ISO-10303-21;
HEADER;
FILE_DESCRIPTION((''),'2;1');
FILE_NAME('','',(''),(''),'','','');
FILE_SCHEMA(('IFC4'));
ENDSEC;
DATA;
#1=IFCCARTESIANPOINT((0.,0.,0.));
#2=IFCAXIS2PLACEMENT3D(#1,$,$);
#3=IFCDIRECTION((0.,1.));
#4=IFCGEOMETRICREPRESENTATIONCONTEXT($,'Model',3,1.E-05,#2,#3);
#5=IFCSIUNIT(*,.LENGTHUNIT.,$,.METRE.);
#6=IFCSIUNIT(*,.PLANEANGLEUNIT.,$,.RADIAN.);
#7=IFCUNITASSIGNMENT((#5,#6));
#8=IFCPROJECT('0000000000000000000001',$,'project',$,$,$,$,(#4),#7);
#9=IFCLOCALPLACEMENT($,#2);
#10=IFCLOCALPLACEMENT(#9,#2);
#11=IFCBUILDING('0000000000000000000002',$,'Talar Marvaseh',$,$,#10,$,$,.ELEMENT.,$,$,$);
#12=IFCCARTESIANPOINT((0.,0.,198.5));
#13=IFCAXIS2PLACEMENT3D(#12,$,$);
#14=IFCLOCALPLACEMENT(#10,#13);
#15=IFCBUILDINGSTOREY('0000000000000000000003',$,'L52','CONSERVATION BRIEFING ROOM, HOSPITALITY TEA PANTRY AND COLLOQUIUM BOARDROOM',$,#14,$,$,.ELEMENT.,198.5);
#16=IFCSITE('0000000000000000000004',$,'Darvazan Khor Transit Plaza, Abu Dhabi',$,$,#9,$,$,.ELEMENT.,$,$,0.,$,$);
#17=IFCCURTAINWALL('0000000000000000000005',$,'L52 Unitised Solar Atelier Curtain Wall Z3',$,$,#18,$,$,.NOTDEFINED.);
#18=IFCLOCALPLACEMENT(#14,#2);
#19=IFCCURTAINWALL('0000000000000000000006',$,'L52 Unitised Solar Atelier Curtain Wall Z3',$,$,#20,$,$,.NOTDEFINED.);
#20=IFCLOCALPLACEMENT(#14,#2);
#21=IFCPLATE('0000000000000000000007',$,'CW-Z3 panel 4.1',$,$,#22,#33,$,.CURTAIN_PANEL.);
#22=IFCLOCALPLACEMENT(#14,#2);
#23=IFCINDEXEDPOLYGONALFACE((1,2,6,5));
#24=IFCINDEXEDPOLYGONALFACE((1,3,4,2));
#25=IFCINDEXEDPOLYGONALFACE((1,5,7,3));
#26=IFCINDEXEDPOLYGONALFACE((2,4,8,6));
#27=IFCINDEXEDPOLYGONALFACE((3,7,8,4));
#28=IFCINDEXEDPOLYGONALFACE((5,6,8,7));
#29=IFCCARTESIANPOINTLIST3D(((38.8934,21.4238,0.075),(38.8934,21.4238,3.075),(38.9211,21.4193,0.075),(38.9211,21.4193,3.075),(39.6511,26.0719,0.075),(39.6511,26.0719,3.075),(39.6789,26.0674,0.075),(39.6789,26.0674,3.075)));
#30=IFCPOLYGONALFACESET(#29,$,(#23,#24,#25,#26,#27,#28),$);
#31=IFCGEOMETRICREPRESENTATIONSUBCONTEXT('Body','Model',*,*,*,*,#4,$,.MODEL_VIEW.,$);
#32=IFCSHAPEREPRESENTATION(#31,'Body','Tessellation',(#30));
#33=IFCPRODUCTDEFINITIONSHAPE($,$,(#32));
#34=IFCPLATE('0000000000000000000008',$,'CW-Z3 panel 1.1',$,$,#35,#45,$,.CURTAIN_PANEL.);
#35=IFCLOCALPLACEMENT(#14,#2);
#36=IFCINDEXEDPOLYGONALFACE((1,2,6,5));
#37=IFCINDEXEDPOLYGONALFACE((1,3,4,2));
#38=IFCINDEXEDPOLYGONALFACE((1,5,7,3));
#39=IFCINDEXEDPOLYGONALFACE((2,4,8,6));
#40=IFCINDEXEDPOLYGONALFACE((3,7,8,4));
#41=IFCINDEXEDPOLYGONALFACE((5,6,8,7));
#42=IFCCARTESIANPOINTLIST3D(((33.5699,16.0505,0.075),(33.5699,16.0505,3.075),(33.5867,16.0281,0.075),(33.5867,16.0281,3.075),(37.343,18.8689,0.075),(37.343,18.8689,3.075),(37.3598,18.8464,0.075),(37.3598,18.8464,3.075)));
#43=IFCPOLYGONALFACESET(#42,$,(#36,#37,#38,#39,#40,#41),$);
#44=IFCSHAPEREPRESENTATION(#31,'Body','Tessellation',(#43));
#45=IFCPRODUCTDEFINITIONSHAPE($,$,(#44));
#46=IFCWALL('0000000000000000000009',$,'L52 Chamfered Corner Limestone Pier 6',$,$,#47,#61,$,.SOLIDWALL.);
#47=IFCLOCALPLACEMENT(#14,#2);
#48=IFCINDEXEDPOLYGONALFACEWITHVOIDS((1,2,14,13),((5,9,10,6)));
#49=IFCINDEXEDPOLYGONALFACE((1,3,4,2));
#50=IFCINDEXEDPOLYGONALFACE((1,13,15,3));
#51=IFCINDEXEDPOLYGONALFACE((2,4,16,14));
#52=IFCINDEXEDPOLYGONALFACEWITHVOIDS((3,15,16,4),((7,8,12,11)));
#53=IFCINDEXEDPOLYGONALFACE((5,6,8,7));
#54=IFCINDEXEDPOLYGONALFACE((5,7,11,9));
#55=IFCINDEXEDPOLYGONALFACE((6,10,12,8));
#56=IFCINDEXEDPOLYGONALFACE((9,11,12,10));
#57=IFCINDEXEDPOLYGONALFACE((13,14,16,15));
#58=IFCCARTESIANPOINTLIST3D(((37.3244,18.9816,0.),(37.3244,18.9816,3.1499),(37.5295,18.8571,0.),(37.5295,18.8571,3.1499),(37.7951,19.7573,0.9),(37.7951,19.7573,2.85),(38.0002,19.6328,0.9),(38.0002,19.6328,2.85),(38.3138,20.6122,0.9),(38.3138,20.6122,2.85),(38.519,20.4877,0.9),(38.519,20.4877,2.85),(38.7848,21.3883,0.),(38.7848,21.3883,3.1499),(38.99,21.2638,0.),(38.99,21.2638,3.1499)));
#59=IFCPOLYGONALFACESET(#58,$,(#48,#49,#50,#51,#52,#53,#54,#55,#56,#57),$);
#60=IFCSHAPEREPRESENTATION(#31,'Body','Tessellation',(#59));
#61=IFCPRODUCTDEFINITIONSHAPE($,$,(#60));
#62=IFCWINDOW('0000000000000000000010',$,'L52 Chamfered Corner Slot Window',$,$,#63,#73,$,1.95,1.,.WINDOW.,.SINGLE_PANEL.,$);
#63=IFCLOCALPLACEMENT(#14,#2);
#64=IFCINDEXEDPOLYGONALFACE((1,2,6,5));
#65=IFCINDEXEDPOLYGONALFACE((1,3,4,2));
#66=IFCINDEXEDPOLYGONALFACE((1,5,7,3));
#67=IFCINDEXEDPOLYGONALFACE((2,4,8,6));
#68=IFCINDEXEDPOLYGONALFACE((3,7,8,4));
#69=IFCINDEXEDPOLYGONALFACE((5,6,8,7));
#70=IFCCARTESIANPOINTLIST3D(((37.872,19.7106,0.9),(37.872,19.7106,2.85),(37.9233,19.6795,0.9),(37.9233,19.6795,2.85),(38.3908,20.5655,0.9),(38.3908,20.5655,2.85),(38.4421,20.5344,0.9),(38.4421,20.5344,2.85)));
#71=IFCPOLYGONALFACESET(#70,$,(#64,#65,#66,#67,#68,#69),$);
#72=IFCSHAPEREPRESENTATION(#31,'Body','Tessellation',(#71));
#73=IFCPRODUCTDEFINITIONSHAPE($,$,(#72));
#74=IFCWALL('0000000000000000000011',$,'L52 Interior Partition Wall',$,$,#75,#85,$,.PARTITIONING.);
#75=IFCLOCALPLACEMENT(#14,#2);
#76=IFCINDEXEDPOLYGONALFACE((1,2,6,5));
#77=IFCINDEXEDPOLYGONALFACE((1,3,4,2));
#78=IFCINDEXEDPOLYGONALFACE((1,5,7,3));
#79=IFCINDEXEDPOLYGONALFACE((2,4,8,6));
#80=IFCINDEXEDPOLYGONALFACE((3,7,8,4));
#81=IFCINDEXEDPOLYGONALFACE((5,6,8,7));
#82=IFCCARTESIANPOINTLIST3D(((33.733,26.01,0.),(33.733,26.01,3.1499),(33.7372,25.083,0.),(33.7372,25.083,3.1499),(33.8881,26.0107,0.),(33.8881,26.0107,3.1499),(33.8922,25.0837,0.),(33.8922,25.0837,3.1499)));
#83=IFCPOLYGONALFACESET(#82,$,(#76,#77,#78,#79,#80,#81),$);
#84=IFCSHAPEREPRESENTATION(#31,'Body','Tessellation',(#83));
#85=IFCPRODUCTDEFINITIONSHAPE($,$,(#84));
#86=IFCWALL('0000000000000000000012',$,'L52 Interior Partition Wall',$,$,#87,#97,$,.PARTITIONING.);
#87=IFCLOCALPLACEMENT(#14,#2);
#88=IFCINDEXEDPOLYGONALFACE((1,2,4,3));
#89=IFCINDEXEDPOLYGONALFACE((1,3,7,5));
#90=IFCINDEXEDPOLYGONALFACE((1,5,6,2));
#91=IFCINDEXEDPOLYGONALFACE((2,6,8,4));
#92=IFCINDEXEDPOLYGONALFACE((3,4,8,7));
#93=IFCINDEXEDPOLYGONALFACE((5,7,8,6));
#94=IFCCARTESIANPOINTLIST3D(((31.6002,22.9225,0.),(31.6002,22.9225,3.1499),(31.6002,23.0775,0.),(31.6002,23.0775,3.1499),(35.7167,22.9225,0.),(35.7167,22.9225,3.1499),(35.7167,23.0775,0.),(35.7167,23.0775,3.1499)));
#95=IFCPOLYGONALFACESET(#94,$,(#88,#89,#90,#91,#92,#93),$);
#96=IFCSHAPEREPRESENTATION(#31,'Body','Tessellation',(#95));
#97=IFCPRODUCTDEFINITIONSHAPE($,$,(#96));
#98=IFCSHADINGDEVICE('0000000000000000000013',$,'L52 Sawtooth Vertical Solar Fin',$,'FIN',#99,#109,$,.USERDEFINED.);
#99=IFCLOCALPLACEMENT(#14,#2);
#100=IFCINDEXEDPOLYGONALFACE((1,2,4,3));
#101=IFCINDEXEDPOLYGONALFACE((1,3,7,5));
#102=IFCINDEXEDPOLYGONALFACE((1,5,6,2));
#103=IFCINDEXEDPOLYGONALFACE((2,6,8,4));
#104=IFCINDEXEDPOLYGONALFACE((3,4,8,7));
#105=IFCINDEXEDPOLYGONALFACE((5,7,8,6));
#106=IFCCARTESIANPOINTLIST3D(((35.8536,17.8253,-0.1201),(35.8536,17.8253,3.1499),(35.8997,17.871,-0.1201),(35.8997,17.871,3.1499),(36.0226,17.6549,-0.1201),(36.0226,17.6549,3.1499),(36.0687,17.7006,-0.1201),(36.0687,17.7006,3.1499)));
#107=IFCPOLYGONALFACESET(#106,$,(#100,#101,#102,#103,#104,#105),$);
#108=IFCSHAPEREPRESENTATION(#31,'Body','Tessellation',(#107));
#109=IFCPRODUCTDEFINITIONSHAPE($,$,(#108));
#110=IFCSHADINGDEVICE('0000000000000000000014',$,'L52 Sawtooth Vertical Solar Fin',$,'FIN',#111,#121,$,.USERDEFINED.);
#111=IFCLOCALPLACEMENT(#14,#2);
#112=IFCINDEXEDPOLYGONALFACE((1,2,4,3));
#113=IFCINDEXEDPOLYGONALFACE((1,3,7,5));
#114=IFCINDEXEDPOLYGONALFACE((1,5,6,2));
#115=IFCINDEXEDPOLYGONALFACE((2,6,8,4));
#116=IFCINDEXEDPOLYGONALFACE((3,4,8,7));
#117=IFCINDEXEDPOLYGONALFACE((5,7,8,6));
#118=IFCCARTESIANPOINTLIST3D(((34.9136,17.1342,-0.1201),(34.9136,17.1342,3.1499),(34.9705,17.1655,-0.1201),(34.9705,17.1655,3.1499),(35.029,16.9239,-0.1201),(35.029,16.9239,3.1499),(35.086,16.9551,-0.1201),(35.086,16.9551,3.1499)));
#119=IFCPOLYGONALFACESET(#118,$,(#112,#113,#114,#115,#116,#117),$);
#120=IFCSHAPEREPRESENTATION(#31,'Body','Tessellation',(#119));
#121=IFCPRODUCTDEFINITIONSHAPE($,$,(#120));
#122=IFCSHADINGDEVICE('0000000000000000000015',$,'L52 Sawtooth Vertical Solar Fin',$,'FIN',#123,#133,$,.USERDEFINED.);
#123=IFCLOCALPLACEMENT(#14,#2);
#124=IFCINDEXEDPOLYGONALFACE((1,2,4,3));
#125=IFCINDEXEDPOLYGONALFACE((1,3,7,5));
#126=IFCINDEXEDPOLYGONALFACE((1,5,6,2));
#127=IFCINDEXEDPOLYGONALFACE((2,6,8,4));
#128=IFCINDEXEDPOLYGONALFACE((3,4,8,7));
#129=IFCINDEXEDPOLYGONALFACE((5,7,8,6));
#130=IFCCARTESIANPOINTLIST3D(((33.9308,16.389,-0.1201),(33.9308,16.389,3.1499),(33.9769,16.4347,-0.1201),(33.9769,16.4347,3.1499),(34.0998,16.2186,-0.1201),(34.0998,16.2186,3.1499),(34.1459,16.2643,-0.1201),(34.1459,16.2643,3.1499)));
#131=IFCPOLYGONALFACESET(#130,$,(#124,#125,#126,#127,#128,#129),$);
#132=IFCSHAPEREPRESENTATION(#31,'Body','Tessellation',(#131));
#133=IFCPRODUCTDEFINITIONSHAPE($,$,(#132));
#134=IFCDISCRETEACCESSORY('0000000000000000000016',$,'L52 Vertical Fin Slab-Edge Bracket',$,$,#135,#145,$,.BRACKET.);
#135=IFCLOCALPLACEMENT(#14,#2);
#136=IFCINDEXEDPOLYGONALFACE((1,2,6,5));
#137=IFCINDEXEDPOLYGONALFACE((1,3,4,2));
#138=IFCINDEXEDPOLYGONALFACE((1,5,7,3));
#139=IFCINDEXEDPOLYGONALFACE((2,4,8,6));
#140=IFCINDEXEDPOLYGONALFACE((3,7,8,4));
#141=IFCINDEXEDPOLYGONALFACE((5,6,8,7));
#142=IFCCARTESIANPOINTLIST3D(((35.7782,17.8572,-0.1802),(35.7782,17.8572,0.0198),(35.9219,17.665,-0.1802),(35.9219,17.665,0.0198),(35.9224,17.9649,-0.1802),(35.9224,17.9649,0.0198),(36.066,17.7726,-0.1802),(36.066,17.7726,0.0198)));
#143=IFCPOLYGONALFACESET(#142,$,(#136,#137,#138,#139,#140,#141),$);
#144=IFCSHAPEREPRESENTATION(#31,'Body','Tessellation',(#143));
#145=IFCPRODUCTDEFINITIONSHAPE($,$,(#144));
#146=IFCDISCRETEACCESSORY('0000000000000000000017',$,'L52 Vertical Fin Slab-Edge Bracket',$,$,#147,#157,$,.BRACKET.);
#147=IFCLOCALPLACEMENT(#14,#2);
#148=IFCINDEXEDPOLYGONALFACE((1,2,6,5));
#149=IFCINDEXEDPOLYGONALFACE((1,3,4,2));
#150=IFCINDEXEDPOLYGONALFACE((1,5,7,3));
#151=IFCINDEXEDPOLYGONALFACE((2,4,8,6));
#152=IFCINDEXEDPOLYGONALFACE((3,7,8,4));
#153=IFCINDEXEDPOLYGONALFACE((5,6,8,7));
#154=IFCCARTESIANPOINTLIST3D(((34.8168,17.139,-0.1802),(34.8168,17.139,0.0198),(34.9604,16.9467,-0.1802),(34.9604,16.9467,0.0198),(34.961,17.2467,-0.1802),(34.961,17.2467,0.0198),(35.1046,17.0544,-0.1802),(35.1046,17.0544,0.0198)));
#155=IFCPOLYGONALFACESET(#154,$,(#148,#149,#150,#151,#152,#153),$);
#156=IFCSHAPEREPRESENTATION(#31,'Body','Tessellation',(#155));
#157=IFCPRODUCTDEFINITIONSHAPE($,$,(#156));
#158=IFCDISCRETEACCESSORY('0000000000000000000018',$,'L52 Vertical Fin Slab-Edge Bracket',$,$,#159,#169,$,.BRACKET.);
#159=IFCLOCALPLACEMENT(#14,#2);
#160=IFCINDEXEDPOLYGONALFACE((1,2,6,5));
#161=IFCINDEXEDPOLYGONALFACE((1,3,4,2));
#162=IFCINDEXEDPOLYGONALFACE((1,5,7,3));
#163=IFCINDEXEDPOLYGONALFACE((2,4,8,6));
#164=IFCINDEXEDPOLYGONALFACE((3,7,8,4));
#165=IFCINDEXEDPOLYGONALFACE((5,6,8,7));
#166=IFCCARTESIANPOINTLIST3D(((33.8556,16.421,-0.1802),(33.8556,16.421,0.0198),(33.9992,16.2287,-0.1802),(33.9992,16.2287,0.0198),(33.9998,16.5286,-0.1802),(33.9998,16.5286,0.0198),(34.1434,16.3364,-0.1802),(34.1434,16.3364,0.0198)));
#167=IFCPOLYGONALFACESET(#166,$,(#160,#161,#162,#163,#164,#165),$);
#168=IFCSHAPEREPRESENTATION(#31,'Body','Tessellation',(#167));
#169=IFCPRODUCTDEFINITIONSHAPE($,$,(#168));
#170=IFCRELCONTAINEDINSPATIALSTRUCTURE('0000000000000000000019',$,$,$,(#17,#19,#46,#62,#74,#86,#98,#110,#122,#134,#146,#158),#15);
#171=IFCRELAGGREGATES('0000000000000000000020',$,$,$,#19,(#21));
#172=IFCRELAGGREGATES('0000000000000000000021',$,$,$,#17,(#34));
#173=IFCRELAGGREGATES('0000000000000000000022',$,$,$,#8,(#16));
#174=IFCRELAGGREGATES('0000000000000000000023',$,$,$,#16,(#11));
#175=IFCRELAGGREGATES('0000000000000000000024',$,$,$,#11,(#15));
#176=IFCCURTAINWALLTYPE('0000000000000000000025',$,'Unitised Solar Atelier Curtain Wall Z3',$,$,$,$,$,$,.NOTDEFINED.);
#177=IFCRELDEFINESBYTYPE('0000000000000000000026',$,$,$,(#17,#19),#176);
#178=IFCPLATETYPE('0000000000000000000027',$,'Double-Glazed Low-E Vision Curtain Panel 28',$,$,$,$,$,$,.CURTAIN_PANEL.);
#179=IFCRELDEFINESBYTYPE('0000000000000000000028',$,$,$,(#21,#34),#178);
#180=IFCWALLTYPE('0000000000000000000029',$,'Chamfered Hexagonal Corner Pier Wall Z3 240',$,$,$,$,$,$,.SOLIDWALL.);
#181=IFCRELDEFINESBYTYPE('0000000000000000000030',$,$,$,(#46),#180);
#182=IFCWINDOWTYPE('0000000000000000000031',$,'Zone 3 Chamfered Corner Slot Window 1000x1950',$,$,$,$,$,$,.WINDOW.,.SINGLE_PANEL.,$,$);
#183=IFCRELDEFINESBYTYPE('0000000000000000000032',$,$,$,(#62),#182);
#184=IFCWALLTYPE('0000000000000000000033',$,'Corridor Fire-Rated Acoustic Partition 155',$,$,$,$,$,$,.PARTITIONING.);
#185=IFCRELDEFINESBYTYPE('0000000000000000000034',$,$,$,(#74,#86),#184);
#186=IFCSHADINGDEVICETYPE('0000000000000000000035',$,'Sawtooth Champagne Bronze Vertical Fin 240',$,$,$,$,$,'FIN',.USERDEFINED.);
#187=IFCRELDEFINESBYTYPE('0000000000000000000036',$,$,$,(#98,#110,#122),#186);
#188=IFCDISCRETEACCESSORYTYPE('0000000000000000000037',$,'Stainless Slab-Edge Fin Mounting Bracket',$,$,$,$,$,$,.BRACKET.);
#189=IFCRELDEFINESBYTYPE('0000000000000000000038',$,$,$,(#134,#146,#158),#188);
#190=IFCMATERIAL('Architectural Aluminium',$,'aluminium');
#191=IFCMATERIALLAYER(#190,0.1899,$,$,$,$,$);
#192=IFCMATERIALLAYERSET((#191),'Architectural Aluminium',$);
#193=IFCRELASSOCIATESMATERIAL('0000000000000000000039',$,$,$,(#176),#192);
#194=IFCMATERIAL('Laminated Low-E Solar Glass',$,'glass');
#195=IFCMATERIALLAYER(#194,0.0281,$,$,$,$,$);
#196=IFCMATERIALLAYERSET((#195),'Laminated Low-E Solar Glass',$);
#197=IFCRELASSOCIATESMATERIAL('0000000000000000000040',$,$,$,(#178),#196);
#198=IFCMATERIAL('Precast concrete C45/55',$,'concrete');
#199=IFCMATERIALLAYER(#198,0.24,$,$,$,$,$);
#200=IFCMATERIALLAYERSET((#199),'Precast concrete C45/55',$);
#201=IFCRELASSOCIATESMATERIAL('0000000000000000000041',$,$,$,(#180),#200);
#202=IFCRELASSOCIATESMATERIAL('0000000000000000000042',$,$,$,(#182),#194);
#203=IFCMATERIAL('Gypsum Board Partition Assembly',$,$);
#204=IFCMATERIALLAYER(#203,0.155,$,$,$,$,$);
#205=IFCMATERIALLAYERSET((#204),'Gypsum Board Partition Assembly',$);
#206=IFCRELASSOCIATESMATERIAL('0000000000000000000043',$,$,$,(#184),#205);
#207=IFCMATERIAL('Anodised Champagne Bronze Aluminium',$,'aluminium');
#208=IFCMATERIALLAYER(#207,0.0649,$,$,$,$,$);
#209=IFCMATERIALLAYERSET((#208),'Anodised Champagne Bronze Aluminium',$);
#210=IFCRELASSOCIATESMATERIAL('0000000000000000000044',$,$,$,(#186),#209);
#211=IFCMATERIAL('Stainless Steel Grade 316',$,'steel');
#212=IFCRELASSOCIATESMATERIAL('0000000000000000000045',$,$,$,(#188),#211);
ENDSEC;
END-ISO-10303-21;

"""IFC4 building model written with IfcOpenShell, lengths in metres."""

from ifc_helpers import new_model, si_unit, direction, frame, frame_2d, origin, origin_2d, place, context, subcontext, project, spatial, rectangle, extrude, source, transform, mapped, material, layer, layer_set, type_object, type_shapes, element, fill, aggregate, save


model = new_model("IFC4")

# Units and contexts
model_context = context("Model", 3, precision=1e-05, world=origin(), true_north=direction((0.0, 1.0)))
body_context = subcontext(model_context, "Body", "Model", "MODEL_VIEW")
ifc_project = project(units=[si_unit("LENGTHUNIT", "METRE"), si_unit("PLANEANGLEUNIT", "RADIAN")], contexts=[model_context])

# Site, building, storey
site_placement = place(None, origin())
site = spatial("IfcSite", under=ifc_project, at=site_placement, Name="Darvazan Khor Transit Plaza, Abu Dhabi", CompositionType="ELEMENT", RefElevation=0.0)
building_placement = place(site_placement, origin())
building = spatial("IfcBuilding", under=site, at=building_placement, Name="Talar Marvaseh", CompositionType="ELEMENT")
storey_placement = place(building_placement, frame((0.0, 0.0, 198.5)))
storey = spatial("IfcBuildingStorey", under=building, at=storey_placement, Name="L52", Description="CONSERVATION BRIEFING ROOM, HOSPITALITY TEA PANTRY AND COLLOQUIUM BOARDROOM", CompositionType="ELEMENT", Elevation=198.5)

# Curtain wall
ifc_material_1 = material(Name="Architectural Aluminium", Category="aluminium")
ifc_layer_1 = layer(ifc_material_1, 0.1899)
ifc_layer_set_1 = layer_set([ifc_layer_1], Name="Architectural Aluminium")
curtain_wall_type = type_object("IfcCurtainWallType", Name="Unitised Solar Atelier Curtain Wall Z3", PredefinedType="NOTDEFINED", material=ifc_layer_set_1)
curtain_wall_1_placement = place(storey_placement, origin())
curtain_wall_1 = element("IfcCurtainWall", 1, at=curtain_wall_1_placement, inside=storey, type_object=curtain_wall_type, Name="L52 Unitised Solar Atelier Curtain Wall Z3", PredefinedType="NOTDEFINED")

# Curtain wall
curtain_wall_2_placement = place(storey_placement, origin())
curtain_wall_2 = element("IfcCurtainWall", 2, at=curtain_wall_2_placement, inside=storey, type_object=curtain_wall_type, Name="L52 Unitised Solar Atelier Curtain Wall Z3", PredefinedType="NOTDEFINED")

# Plates
ifc_material_2 = material(Name="Laminated Low-E Solar Glass", Category="glass")
ifc_layer_2 = layer(ifc_material_2, 0.0281)
ifc_layer_set_2 = layer_set([ifc_layer_2], Name="Laminated Low-E Solar Glass")
plate_type = type_object("IfcPlateType", Name="Double-Glazed Low-E Vision Curtain Panel 28", PredefinedType="CURTAIN_PANEL", material=ifc_layer_set_2)
shared_shape_1 = source(origin(), body_context, "Body", "SweptSolid", [
    extrude(rectangle(XDim=4.7095, YDim=0.0281, at=origin_2d()), origin(), (0.0, 0.0, 1.0), 3.0),
])
type_shapes(plate_type, [shared_shape_1])
plate_1_placement = place(storey_placement, frame((39.2861, 23.7456, 0.075), z_axis=(0.0, 0.0, 1.0), x_axis=(-0.160896, -0.986971, 0.0)))
plate_1 = element("IfcPlate", 3, at=plate_1_placement, type_object=plate_type, Name="CW-Z3 panel 4.1", PredefinedType="CURTAIN_PANEL", context=body_context, shape_type="MappedRepresentation", body=[
    mapped(shared_shape_1, transform((0.0, 0.0, 0.0), x_axis=(1.0, 0.0, 0.0), y_axis=(0.0, 1.0, 0.0), z_axis=(0.0, 0.0, 1.0), scale=1.0)),
])
aggregate(curtain_wall_2, [plate_1])
plate_2_placement = place(storey_placement, frame((35.4648, 17.4485, 0.075), z_axis=(0.0, 0.0, 1.0), x_axis=(-0.801162, -0.598448, 0.0)))
plate_2 = element("IfcPlate", 4, at=plate_2_placement, type_object=plate_type, Name="CW-Z3 panel 1.1", PredefinedType="CURTAIN_PANEL", context=body_context, shape_type="MappedRepresentation", body=[
    mapped(shared_shape_1, transform((0.0, 0.0, 0.0), x_axis=(1.0, 0.0, 0.0), y_axis=(0.0, 1.0, 0.0), z_axis=(0.0, 0.0, 1.0), scale=1.0)),
])
aggregate(curtain_wall_1, [plate_2])

# Wall, opening, window
ifc_material_3 = material(Name="Precast concrete C45/55", Category="concrete")
ifc_layer_3 = layer(ifc_material_3, 0.24)
ifc_layer_set_3 = layer_set([ifc_layer_3], Name="Precast concrete C45/55")
wall_type_1 = type_object("IfcWallType", Name="Chamfered Hexagonal Corner Pier Wall Z3 240", PredefinedType="SOLIDWALL", material=ifc_layer_set_3)
wall_1_placement = place(storey_placement, frame((38.8875, 21.3262, 0.0), z_axis=(0.0, 0.0, 1.0), x_axis=(-0.518774, -0.854911, 0.0)))
wall_1 = element("IfcWall", 5, at=wall_1_placement, inside=storey, type_object=wall_type_1, Name="L52 Chamfered Corner Limestone Pier 6", PredefinedType="SOLIDWALL", context=body_context, shape_type="SweptSolid", body=[
    extrude(rectangle(XDim=2.8152, YDim=0.24, at=frame_2d((1.4077, 0.0))), origin(), (0.0, 0.0, 1.0), 3.1499),
])
opening_placement = place(wall_1_placement, frame((0.908, 0.0, 0.8999)))
opening = element("IfcOpeningElement", 6, at=opening_placement, cuts=wall_1, PredefinedType="OPENING", context=body_context, shape_type="SweptSolid", body=[
    extrude(rectangle(XDim=1.0, YDim=1.95, at=frame_2d((0.5, 0.9751))), frame((0.0, 0.1299, 0.0), z_axis=(0.0, -1.0, 0.0), x_axis=(1.0, 0.0, 0.0)), (0.0, 0.0, 1.0), 0.26),
])
window_type = type_object("IfcWindowType", Name="Zone 3 Chamfered Corner Slot Window 1000x1950", PartitioningType="SINGLE_PANEL", PredefinedType="WINDOW", material=ifc_material_2)
shared_shape_2 = source(origin(), body_context, "Body", "SweptSolid", [
    extrude(rectangle(XDim=1.0, YDim=1.95, at=frame_2d((0.5, 0.9751))), frame((0.0, 0.03, 0.0), z_axis=(0.0, -1.0, 0.0), x_axis=(1.0, 0.0, 0.0)), (0.0, 0.0, 1.0), 0.0601),
])
type_shapes(window_type, [shared_shape_2])
window_placement = place(opening_placement, origin())
window = element("IfcWindow", 7, at=window_placement, inside=storey, type_object=window_type, Name="L52 Chamfered Corner Slot Window", OverallHeight=1.95, OverallWidth=1.0, PartitioningType="SINGLE_PANEL", PredefinedType="WINDOW", context=body_context, shape_type="MappedRepresentation", body=[
    mapped(shared_shape_2, transform((0.0, 0.0, 0.0), x_axis=(1.0, 0.0, 0.0), y_axis=(0.0, 1.0, 0.0), z_axis=(0.0, 0.0, 1.0), scale=1.0)),
])
fill(opening, window)

# Walls
ifc_material_4 = material(Name="Gypsum Board Partition Assembly")
ifc_layer_4 = layer(ifc_material_4, 0.155)
ifc_layer_set_4 = layer_set([ifc_layer_4], Name="Gypsum Board Partition Assembly")
wall_type_2 = type_object("IfcWallType", Name="Corridor Fire-Rated Acoustic Partition 155", PredefinedType="PARTITIONING", material=ifc_layer_set_4)
wall_2_placement = place(storey_placement, frame((33.8147, 25.0835, 0.0), z_axis=(0.0, 0.0, 1.0), x_axis=(-0.004477, 0.99999, 0.0)))
element("IfcWall", 8, at=wall_2_placement, inside=storey, type_object=wall_type_2, Name="L52 Interior Partition Wall", PredefinedType="PARTITIONING", context=body_context, shape_type="SweptSolid", body=[
    extrude(rectangle(XDim=0.927, YDim=0.155, at=frame_2d((0.4634, 0.0))), origin(), (0.0, 0.0, 1.0), 3.1499),
])
wall_3_placement = place(storey_placement, frame((35.7166, 23.0, 0.0), z_axis=(0.0, 0.0, 1.0), x_axis=(-1.0, 0.0, 0.0)))
element("IfcWall", 9, at=wall_3_placement, inside=storey, type_object=wall_type_2, Name="L52 Interior Partition Wall", PredefinedType="PARTITIONING", context=body_context, shape_type="SweptSolid", body=[
    extrude(rectangle(XDim=4.1165, YDim=0.155, at=frame_2d((2.0581, 0.0))), origin(), (0.0, 0.0, 1.0), 3.1499),
])

# Shading devices
ifc_material_5 = material(Name="Anodised Champagne Bronze Aluminium", Category="aluminium")
ifc_layer_5 = layer(ifc_material_5, 0.0649)
ifc_layer_set_5 = layer_set([ifc_layer_5], Name="Anodised Champagne Bronze Aluminium")
shading_device_type = type_object("IfcShadingDeviceType", Name="Sawtooth Champagne Bronze Vertical Fin 240", ElementType="FIN", PredefinedType="USERDEFINED", material=ifc_layer_set_5)
shared_shape_3 = source(origin(), body_context, "Body", "SweptSolid", [
    extrude(rectangle(XDim=0.24, YDim=0.0649, at=origin_2d()), origin(), (0.0, 0.0, 1.0), 3.27),
])
type_shapes(shading_device_type, [shared_shape_3])
for number, where, z_axis, x_axis, name in (
    (10, (35.9612, 17.7629, -0.1201), (0.0, 0.0, 1.0), (0.704139, -0.710062, 0.0), "L52 Sawtooth Vertical Solar Fin"),
    (11, (34.9998, 17.0447, -0.1201), (0.0, 0.0, 1.0), (0.481142, -0.876643, 0.0), "L52 Sawtooth Vertical Solar Fin"),
    (12, (34.0383, 16.3267, -0.1201), (0.0, 0.0, 1.0), (0.704139, -0.710062, 0.0), "L52 Sawtooth Vertical Solar Fin"),
):
    element("IfcShadingDevice", number, at=place(storey_placement, frame(where, z_axis=z_axis, x_axis=x_axis)), inside=storey, type_object=shading_device_type, Name=name, ObjectType="FIN", PredefinedType="USERDEFINED", context=body_context, shape_type="MappedRepresentation", body=[
        mapped(shared_shape_3, transform((0.0, 0.0, 0.0), x_axis=(1.0, 0.0, 0.0), y_axis=(0.0, 1.0, 0.0), z_axis=(0.0, 0.0, 1.0), scale=1.0)),
    ])

# Discrete accessories
ifc_material_6 = material(Name="Stainless Steel Grade 316", Category="steel")
discrete_accessory_type = type_object("IfcDiscreteAccessoryType", Name="Stainless Slab-Edge Fin Mounting Bracket", PredefinedType="BRACKET", material=ifc_material_6)
shared_shape_4 = source(origin(), body_context, "Body", "SweptSolid", [
    extrude(rectangle(XDim=0.24, YDim=0.1799, at=origin_2d()), origin(), (0.0, 0.0, 1.0), 0.2),
])
type_shapes(discrete_accessory_type, [shared_shape_4])
for number, where, z_axis, x_axis, name in (
    (13, (35.9221, 17.8149, -0.1802), (0.0, 0.0, 1.0), (0.598464, -0.801149, 0.0), "L52 Vertical Fin Slab-Edge Bracket"),
    (14, (34.9607, 17.0967, -0.1802), (0.0, 0.0, 1.0), (0.598464, -0.801149, 0.0), "L52 Vertical Fin Slab-Edge Bracket"),
    (15, (33.9995, 16.3787, -0.1802), (0.0, 0.0, 1.0), (0.598464, -0.801149, 0.0), "L52 Vertical Fin Slab-Edge Bracket"),
):
    element("IfcDiscreteAccessory", number, at=place(storey_placement, frame(where, z_axis=z_axis, x_axis=x_axis)), inside=storey, type_object=discrete_accessory_type, Name=name, PredefinedType="BRACKET", context=body_context, shape_type="MappedRepresentation", body=[
        mapped(shared_shape_4, transform((0.0, 0.0, 0.0), x_axis=(1.0, 0.0, 0.0), y_axis=(0.0, 1.0, 0.0), z_axis=(0.0, 0.0, 1.0), scale=1.0)),
    ])

save(model, "model.ifc")
